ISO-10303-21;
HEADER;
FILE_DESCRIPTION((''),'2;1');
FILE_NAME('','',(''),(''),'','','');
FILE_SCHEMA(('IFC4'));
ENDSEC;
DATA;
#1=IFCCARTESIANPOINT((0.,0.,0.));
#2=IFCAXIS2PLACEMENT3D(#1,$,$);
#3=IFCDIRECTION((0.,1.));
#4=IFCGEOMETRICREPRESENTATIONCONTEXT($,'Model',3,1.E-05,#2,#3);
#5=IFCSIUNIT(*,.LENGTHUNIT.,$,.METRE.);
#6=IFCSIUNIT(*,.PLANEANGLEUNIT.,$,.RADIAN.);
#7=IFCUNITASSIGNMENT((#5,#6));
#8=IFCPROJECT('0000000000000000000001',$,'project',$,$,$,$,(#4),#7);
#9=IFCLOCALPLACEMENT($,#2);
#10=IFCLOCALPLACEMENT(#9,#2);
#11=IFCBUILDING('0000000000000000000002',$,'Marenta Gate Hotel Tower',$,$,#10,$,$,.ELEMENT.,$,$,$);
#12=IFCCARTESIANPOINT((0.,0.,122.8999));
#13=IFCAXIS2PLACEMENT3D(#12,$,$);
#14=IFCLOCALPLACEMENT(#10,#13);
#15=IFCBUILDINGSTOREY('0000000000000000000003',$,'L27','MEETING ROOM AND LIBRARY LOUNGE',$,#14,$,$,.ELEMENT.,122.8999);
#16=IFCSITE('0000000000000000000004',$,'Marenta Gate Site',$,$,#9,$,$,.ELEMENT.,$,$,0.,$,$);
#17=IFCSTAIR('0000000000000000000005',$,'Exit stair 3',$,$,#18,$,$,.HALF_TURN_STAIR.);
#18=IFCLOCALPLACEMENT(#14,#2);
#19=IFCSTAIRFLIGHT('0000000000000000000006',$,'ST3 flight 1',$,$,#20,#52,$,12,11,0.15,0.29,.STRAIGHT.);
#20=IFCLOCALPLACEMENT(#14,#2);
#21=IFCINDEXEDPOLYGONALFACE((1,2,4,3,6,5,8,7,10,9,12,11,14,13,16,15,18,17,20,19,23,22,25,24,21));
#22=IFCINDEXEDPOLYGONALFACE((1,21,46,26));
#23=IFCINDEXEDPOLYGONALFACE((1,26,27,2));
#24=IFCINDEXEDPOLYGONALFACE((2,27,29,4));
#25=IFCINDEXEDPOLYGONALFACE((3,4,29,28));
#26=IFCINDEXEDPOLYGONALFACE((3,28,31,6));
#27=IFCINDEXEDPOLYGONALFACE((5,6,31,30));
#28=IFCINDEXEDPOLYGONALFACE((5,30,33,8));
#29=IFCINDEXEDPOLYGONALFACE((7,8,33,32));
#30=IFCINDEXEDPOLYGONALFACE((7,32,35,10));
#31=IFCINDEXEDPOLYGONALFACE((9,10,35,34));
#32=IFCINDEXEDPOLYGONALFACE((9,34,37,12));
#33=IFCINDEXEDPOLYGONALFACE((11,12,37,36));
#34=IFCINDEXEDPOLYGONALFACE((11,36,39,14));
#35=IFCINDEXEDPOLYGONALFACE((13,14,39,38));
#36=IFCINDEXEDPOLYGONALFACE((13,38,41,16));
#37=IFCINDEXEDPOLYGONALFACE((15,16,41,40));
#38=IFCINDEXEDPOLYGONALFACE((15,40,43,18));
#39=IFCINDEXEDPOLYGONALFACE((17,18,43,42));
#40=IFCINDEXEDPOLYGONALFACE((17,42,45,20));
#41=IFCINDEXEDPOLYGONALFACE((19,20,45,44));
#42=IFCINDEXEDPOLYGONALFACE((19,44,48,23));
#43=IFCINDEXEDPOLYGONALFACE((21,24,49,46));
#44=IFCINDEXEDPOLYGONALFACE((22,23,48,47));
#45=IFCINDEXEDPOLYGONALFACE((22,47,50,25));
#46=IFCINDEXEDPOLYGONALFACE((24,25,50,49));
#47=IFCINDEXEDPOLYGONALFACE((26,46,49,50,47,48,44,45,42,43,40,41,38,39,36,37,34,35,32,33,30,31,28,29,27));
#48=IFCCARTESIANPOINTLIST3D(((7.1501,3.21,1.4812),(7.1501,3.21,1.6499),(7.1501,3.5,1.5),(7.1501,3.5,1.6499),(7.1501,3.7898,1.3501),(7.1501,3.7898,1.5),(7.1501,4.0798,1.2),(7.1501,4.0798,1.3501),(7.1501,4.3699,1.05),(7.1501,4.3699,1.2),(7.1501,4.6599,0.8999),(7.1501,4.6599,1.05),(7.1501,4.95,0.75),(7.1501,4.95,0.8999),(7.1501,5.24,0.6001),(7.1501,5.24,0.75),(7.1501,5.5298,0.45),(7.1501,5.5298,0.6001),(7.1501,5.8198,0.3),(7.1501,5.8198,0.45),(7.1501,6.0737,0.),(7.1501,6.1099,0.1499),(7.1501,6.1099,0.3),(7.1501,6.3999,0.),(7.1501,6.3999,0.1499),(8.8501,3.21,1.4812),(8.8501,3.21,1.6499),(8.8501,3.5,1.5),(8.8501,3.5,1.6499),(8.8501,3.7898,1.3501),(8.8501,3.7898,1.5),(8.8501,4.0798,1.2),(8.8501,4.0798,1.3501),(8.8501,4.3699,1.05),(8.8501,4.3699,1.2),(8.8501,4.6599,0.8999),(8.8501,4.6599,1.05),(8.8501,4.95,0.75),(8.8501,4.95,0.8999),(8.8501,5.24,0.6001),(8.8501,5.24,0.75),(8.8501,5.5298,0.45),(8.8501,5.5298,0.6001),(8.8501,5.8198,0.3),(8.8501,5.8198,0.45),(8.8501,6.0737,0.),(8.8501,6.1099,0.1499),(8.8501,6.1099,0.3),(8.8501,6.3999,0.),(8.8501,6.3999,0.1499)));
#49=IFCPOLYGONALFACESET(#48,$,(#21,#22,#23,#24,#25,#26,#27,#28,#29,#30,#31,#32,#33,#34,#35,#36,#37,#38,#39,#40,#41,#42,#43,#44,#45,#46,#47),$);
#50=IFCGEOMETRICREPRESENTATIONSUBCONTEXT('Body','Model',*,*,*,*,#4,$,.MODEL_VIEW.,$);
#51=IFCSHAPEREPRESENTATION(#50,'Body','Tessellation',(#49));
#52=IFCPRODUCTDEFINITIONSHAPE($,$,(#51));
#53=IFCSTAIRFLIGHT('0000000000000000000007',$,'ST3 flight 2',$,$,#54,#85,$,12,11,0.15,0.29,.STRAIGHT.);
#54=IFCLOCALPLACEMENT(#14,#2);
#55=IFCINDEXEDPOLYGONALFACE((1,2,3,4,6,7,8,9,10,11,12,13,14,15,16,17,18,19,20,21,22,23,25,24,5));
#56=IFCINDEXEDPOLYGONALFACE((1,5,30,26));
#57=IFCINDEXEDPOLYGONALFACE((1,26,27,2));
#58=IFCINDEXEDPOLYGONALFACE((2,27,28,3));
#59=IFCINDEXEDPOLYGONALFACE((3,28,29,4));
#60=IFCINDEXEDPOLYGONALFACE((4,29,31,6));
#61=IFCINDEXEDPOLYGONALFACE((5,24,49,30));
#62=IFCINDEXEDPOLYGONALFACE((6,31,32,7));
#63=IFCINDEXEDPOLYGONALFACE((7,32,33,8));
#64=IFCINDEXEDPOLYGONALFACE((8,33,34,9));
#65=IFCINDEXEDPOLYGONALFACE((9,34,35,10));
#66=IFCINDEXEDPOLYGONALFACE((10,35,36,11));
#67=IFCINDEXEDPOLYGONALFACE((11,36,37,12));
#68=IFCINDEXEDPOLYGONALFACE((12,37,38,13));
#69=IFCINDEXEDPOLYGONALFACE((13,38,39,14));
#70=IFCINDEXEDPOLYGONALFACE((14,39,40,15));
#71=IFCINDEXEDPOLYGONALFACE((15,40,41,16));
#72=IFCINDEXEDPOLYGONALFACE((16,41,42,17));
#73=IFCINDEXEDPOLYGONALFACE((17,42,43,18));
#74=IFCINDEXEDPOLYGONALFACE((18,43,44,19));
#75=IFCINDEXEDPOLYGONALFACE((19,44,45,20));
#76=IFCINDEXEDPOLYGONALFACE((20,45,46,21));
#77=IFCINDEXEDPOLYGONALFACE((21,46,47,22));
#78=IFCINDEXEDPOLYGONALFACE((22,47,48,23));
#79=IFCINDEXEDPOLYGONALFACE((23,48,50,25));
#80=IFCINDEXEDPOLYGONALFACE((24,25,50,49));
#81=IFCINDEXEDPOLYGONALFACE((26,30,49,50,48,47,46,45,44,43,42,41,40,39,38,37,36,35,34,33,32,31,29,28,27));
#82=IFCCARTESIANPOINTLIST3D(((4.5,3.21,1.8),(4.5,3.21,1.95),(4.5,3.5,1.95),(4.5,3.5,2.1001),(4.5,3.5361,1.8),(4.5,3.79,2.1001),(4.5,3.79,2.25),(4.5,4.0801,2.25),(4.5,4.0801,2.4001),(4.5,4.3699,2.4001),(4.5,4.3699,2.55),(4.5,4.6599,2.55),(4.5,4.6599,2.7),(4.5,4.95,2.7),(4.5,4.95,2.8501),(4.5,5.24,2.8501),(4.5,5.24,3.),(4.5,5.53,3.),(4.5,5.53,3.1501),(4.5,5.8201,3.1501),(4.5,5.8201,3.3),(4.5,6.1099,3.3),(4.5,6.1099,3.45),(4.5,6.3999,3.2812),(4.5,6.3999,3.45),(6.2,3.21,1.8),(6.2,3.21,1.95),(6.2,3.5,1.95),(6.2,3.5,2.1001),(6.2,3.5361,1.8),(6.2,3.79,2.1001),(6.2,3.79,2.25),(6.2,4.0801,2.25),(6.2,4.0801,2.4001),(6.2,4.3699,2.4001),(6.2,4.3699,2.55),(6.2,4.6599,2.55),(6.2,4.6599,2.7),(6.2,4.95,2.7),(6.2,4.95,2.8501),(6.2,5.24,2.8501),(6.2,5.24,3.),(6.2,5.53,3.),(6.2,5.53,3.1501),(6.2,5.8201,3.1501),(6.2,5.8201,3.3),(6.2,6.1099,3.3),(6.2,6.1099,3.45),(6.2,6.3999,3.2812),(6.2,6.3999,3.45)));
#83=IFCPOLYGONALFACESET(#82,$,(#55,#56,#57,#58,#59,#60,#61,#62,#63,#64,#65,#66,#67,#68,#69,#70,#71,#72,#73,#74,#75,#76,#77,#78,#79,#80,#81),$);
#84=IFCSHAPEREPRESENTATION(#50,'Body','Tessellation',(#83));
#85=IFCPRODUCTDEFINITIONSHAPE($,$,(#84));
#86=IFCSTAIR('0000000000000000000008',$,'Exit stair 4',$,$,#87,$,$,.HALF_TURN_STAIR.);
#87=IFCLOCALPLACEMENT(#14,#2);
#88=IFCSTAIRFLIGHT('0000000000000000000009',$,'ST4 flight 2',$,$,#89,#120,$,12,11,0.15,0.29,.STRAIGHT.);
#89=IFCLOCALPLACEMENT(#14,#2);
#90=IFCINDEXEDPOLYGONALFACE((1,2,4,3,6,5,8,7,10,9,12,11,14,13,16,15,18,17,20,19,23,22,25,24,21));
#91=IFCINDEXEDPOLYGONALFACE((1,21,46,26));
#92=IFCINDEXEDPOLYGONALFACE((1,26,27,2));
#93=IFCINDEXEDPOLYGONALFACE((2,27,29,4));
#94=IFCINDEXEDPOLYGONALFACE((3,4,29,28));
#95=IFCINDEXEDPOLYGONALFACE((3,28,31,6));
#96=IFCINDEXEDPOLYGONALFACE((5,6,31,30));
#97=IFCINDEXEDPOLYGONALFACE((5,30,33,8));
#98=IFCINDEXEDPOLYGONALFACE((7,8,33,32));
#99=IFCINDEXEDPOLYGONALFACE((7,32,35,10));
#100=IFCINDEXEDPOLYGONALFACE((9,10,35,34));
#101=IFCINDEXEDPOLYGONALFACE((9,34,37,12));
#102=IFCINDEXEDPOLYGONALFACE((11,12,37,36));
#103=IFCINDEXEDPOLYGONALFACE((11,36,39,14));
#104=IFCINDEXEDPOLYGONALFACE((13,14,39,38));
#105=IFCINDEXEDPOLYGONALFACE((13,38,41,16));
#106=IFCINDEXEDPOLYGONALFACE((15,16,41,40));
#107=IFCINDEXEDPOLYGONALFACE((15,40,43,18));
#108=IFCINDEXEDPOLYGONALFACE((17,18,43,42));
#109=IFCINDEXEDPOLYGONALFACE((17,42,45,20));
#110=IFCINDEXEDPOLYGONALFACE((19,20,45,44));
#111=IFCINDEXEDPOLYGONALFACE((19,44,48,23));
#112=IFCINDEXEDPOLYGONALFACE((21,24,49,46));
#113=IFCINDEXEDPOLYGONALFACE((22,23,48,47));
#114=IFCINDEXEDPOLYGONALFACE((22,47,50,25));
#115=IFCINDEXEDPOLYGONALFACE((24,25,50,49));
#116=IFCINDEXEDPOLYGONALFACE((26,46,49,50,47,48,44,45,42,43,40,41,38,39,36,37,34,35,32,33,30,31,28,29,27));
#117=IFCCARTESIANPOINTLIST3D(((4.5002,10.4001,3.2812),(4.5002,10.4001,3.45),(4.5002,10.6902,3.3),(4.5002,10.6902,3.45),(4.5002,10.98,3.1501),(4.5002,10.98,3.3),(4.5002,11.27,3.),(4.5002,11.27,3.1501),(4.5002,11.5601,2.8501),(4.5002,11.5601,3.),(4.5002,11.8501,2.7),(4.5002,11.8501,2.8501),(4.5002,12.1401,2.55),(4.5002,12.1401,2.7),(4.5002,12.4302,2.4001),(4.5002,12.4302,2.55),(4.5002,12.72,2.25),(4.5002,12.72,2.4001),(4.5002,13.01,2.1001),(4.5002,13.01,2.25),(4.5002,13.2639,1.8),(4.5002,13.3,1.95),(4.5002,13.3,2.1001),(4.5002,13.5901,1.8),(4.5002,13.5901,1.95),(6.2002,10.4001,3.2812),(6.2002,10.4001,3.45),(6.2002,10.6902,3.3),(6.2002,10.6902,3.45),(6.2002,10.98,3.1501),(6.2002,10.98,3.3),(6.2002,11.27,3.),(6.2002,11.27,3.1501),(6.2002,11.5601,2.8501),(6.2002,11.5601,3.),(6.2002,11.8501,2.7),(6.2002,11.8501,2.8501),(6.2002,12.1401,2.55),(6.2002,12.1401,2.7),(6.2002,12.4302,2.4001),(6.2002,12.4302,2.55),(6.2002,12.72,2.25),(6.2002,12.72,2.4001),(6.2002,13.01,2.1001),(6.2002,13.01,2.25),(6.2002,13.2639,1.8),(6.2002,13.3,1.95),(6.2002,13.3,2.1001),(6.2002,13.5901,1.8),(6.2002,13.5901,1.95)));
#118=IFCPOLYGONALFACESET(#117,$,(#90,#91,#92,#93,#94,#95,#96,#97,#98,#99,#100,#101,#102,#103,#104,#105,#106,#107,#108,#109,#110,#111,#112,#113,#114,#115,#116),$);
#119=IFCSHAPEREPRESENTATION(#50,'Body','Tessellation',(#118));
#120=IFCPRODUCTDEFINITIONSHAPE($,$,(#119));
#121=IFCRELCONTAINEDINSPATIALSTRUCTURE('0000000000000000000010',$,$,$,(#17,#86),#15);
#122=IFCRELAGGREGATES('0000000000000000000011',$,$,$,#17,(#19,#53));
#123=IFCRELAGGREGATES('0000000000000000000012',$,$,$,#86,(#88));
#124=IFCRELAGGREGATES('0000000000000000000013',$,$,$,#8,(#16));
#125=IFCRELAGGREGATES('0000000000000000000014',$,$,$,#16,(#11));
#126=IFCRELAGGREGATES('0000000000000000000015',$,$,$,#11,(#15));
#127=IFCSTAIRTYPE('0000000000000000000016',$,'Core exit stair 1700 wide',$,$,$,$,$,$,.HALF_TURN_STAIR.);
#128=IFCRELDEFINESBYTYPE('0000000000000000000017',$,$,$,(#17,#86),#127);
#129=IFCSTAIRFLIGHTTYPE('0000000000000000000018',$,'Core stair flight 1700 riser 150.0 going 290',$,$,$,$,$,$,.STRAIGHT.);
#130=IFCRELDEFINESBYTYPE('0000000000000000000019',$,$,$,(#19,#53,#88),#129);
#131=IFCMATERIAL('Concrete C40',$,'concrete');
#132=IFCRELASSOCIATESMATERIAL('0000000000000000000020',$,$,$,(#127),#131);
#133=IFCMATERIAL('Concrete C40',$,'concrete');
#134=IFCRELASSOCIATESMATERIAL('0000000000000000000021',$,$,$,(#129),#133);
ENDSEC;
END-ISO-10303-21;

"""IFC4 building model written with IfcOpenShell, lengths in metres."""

from ifc_helpers import new_model, si_unit, direction, frame, origin, place, context, subcontext, project, spatial, polyline, outline, extrude, material, type_object, element, aggregate, save


model = new_model("IFC4")

# Units and contexts
model_context = context("Model", 3, precision=1e-05, world=origin(), true_north=direction((0.0, 1.0)))
body_context = subcontext(model_context, "Body", "Model", "MODEL_VIEW")
ifc_project = project(units=[si_unit("LENGTHUNIT", "METRE"), si_unit("PLANEANGLEUNIT", "RADIAN")], contexts=[model_context])

# Site, building, storey
site_placement = place(None, origin())
site = spatial("IfcSite", under=ifc_project, at=site_placement, Name="Marenta Gate Site", CompositionType="ELEMENT", RefElevation=0.0)
building_placement = place(site_placement, origin())
building = spatial("IfcBuilding", under=site, at=building_placement, Name="Marenta Gate Hotel Tower", CompositionType="ELEMENT")
storey_placement = place(building_placement, frame((0.0, 0.0, 122.8999)))
storey = spatial("IfcBuildingStorey", under=building, at=storey_placement, Name="L27", Description="MEETING ROOM AND LIBRARY LOUNGE", CompositionType="ELEMENT", Elevation=122.8999)

# Stair, stair flights
ifc_material_1 = material(Name="Concrete C40", Category="concrete")
stair_type_1 = type_object("IfcStairType", Name="Core exit stair 1700 wide", PredefinedType="HALF_TURN_STAIR", material=ifc_material_1)
stair_1_placement = place(storey_placement, origin())
stair_1 = element("IfcStair", 1, at=stair_1_placement, inside=storey, type_object=stair_type_1, Name="Exit stair 3", PredefinedType="HALF_TURN_STAIR")
ifc_material_2 = material(Name="Concrete C40", Category="concrete")
stair_flight_type = type_object("IfcStairFlightType", Name="Core stair flight 1700 riser 150.0 going 290", PredefinedType="STRAIGHT", material=ifc_material_2)
stair_flight_1_placement = place(storey_placement, frame((8.0, 6.3999, 0.0), z_axis=(0.0, 0.0, 1.0), x_axis=(0.0, -1.0, 0.0)))
stair_flight_1 = element("IfcStairFlight", 2, at=stair_flight_1_placement, type_object=stair_flight_type, Name="ST3 flight 1", NumberOfRisers=12, NumberOfTreads=11, PredefinedType="STRAIGHT", RiserHeight=0.15, TreadLength=0.29, context=body_context, shape_type="SweptSolid", body=[
    extrude(outline(polyline([(0.0, 0.0), (0.0, 0.1499), (0.29, 0.1499), (0.29, 0.3), (0.5801, 0.3), (0.5801, 0.45), (0.8701, 0.45), (0.8701, 0.6001), (1.1599, 0.6001), (1.1599, 0.75), (1.45, 0.75), (1.45, 0.8999), (1.74, 0.8999), (1.74, 1.05), (2.03, 1.05), (2.03, 1.2), (2.3201, 1.2), (2.3201, 1.3501), (2.6101, 1.3501), (2.6101, 1.5), (2.8999, 1.5), (2.8999, 1.6499), (3.1899, 1.6499), (3.1899, 1.8), (3.1899, 1.4812), (0.3262, 0.0), (0.0, 0.0)])), frame((0.0, 0.8501, 0.0), z_axis=(0.0, -1.0, 0.0), x_axis=(1.0, 0.0, 0.0)), (0.0, 0.0, 1.0), 1.7),
])
stair_flight_2_placement = place(storey_placement, frame((5.3501, 3.21, 1.8), z_axis=(0.0, 0.0, 1.0), x_axis=(0.0, 1.0, 0.0)))
stair_flight_2 = element("IfcStairFlight", 3, at=stair_flight_2_placement, type_object=stair_flight_type, Name="ST3 flight 2", NumberOfRisers=12, NumberOfTreads=11, PredefinedType="STRAIGHT", RiserHeight=0.15, TreadLength=0.29, context=body_context, shape_type="SweptSolid", body=[
    extrude(outline(polyline([(0.0, 0.0), (0.0, 0.1499), (0.29, 0.1499), (0.29, 0.3), (0.5801, 0.3), (0.5801, 0.45), (0.8701, 0.45), (0.8701, 0.6001), (1.1599, 0.6001), (1.1599, 0.75), (1.45, 0.75), (1.45, 0.8999), (1.74, 0.8999), (1.74, 1.05), (2.03, 1.05), (2.03, 1.2), (2.3201, 1.2), (2.3201, 1.3501), (2.6101, 1.3501), (2.6101, 1.5), (2.8999, 1.5), (2.8999, 1.6499), (3.1899, 1.6499), (3.1899, 1.8), (3.1899, 1.4812), (0.3262, 0.0), (0.0, 0.0)])), frame((0.0, 0.8501, 0.0), z_axis=(0.0, -1.0, 0.0), x_axis=(1.0, 0.0, 0.0)), (0.0, 0.0, 1.0), 1.7),
])
aggregate(stair_1, [stair_flight_1, stair_flight_2])

# Stair, stair flight
stair_2_placement = place(storey_placement, origin())
stair_2 = element("IfcStair", 4, at=stair_2_placement, inside=storey, type_object=stair_type_1, Name="Exit stair 4", PredefinedType="HALF_TURN_STAIR")
stair_flight_3_placement = place(storey_placement, frame((5.3501, 13.5901, 1.8), z_axis=(0.0, 0.0, 1.0), x_axis=(0.0, -1.0, 0.0)))
stair_flight_3 = element("IfcStairFlight", 5, at=stair_flight_3_placement, type_object=stair_flight_type, Name="ST4 flight 2", NumberOfRisers=12, NumberOfTreads=11, PredefinedType="STRAIGHT", RiserHeight=0.15, TreadLength=0.29, context=body_context, shape_type="SweptSolid", body=[
    extrude(outline(polyline([(0.0, 0.0), (0.0, 0.1499), (0.29, 0.1499), (0.29, 0.3), (0.5801, 0.3), (0.5801, 0.45), (0.8701, 0.45), (0.8701, 0.6001), (1.1599, 0.6001), (1.1599, 0.75), (1.45, 0.75), (1.45, 0.8999), (1.74, 0.8999), (1.74, 1.05), (2.03, 1.05), (2.03, 1.2), (2.3201, 1.2), (2.3201, 1.3501), (2.6101, 1.3501), (2.6101, 1.5), (2.8999, 1.5), (2.8999, 1.6499), (3.1899, 1.6499), (3.1899, 1.8), (3.1899, 1.4812), (0.3262, 0.0), (0.0, 0.0)])), frame((0.0, 0.8501, 0.0), z_axis=(0.0, -1.0, 0.0), x_axis=(1.0, 0.0, 0.0)), (0.0, 0.0, 1.0), 1.7),
])
aggregate(stair_2, [stair_flight_3])

save(model, "model.ifc")
